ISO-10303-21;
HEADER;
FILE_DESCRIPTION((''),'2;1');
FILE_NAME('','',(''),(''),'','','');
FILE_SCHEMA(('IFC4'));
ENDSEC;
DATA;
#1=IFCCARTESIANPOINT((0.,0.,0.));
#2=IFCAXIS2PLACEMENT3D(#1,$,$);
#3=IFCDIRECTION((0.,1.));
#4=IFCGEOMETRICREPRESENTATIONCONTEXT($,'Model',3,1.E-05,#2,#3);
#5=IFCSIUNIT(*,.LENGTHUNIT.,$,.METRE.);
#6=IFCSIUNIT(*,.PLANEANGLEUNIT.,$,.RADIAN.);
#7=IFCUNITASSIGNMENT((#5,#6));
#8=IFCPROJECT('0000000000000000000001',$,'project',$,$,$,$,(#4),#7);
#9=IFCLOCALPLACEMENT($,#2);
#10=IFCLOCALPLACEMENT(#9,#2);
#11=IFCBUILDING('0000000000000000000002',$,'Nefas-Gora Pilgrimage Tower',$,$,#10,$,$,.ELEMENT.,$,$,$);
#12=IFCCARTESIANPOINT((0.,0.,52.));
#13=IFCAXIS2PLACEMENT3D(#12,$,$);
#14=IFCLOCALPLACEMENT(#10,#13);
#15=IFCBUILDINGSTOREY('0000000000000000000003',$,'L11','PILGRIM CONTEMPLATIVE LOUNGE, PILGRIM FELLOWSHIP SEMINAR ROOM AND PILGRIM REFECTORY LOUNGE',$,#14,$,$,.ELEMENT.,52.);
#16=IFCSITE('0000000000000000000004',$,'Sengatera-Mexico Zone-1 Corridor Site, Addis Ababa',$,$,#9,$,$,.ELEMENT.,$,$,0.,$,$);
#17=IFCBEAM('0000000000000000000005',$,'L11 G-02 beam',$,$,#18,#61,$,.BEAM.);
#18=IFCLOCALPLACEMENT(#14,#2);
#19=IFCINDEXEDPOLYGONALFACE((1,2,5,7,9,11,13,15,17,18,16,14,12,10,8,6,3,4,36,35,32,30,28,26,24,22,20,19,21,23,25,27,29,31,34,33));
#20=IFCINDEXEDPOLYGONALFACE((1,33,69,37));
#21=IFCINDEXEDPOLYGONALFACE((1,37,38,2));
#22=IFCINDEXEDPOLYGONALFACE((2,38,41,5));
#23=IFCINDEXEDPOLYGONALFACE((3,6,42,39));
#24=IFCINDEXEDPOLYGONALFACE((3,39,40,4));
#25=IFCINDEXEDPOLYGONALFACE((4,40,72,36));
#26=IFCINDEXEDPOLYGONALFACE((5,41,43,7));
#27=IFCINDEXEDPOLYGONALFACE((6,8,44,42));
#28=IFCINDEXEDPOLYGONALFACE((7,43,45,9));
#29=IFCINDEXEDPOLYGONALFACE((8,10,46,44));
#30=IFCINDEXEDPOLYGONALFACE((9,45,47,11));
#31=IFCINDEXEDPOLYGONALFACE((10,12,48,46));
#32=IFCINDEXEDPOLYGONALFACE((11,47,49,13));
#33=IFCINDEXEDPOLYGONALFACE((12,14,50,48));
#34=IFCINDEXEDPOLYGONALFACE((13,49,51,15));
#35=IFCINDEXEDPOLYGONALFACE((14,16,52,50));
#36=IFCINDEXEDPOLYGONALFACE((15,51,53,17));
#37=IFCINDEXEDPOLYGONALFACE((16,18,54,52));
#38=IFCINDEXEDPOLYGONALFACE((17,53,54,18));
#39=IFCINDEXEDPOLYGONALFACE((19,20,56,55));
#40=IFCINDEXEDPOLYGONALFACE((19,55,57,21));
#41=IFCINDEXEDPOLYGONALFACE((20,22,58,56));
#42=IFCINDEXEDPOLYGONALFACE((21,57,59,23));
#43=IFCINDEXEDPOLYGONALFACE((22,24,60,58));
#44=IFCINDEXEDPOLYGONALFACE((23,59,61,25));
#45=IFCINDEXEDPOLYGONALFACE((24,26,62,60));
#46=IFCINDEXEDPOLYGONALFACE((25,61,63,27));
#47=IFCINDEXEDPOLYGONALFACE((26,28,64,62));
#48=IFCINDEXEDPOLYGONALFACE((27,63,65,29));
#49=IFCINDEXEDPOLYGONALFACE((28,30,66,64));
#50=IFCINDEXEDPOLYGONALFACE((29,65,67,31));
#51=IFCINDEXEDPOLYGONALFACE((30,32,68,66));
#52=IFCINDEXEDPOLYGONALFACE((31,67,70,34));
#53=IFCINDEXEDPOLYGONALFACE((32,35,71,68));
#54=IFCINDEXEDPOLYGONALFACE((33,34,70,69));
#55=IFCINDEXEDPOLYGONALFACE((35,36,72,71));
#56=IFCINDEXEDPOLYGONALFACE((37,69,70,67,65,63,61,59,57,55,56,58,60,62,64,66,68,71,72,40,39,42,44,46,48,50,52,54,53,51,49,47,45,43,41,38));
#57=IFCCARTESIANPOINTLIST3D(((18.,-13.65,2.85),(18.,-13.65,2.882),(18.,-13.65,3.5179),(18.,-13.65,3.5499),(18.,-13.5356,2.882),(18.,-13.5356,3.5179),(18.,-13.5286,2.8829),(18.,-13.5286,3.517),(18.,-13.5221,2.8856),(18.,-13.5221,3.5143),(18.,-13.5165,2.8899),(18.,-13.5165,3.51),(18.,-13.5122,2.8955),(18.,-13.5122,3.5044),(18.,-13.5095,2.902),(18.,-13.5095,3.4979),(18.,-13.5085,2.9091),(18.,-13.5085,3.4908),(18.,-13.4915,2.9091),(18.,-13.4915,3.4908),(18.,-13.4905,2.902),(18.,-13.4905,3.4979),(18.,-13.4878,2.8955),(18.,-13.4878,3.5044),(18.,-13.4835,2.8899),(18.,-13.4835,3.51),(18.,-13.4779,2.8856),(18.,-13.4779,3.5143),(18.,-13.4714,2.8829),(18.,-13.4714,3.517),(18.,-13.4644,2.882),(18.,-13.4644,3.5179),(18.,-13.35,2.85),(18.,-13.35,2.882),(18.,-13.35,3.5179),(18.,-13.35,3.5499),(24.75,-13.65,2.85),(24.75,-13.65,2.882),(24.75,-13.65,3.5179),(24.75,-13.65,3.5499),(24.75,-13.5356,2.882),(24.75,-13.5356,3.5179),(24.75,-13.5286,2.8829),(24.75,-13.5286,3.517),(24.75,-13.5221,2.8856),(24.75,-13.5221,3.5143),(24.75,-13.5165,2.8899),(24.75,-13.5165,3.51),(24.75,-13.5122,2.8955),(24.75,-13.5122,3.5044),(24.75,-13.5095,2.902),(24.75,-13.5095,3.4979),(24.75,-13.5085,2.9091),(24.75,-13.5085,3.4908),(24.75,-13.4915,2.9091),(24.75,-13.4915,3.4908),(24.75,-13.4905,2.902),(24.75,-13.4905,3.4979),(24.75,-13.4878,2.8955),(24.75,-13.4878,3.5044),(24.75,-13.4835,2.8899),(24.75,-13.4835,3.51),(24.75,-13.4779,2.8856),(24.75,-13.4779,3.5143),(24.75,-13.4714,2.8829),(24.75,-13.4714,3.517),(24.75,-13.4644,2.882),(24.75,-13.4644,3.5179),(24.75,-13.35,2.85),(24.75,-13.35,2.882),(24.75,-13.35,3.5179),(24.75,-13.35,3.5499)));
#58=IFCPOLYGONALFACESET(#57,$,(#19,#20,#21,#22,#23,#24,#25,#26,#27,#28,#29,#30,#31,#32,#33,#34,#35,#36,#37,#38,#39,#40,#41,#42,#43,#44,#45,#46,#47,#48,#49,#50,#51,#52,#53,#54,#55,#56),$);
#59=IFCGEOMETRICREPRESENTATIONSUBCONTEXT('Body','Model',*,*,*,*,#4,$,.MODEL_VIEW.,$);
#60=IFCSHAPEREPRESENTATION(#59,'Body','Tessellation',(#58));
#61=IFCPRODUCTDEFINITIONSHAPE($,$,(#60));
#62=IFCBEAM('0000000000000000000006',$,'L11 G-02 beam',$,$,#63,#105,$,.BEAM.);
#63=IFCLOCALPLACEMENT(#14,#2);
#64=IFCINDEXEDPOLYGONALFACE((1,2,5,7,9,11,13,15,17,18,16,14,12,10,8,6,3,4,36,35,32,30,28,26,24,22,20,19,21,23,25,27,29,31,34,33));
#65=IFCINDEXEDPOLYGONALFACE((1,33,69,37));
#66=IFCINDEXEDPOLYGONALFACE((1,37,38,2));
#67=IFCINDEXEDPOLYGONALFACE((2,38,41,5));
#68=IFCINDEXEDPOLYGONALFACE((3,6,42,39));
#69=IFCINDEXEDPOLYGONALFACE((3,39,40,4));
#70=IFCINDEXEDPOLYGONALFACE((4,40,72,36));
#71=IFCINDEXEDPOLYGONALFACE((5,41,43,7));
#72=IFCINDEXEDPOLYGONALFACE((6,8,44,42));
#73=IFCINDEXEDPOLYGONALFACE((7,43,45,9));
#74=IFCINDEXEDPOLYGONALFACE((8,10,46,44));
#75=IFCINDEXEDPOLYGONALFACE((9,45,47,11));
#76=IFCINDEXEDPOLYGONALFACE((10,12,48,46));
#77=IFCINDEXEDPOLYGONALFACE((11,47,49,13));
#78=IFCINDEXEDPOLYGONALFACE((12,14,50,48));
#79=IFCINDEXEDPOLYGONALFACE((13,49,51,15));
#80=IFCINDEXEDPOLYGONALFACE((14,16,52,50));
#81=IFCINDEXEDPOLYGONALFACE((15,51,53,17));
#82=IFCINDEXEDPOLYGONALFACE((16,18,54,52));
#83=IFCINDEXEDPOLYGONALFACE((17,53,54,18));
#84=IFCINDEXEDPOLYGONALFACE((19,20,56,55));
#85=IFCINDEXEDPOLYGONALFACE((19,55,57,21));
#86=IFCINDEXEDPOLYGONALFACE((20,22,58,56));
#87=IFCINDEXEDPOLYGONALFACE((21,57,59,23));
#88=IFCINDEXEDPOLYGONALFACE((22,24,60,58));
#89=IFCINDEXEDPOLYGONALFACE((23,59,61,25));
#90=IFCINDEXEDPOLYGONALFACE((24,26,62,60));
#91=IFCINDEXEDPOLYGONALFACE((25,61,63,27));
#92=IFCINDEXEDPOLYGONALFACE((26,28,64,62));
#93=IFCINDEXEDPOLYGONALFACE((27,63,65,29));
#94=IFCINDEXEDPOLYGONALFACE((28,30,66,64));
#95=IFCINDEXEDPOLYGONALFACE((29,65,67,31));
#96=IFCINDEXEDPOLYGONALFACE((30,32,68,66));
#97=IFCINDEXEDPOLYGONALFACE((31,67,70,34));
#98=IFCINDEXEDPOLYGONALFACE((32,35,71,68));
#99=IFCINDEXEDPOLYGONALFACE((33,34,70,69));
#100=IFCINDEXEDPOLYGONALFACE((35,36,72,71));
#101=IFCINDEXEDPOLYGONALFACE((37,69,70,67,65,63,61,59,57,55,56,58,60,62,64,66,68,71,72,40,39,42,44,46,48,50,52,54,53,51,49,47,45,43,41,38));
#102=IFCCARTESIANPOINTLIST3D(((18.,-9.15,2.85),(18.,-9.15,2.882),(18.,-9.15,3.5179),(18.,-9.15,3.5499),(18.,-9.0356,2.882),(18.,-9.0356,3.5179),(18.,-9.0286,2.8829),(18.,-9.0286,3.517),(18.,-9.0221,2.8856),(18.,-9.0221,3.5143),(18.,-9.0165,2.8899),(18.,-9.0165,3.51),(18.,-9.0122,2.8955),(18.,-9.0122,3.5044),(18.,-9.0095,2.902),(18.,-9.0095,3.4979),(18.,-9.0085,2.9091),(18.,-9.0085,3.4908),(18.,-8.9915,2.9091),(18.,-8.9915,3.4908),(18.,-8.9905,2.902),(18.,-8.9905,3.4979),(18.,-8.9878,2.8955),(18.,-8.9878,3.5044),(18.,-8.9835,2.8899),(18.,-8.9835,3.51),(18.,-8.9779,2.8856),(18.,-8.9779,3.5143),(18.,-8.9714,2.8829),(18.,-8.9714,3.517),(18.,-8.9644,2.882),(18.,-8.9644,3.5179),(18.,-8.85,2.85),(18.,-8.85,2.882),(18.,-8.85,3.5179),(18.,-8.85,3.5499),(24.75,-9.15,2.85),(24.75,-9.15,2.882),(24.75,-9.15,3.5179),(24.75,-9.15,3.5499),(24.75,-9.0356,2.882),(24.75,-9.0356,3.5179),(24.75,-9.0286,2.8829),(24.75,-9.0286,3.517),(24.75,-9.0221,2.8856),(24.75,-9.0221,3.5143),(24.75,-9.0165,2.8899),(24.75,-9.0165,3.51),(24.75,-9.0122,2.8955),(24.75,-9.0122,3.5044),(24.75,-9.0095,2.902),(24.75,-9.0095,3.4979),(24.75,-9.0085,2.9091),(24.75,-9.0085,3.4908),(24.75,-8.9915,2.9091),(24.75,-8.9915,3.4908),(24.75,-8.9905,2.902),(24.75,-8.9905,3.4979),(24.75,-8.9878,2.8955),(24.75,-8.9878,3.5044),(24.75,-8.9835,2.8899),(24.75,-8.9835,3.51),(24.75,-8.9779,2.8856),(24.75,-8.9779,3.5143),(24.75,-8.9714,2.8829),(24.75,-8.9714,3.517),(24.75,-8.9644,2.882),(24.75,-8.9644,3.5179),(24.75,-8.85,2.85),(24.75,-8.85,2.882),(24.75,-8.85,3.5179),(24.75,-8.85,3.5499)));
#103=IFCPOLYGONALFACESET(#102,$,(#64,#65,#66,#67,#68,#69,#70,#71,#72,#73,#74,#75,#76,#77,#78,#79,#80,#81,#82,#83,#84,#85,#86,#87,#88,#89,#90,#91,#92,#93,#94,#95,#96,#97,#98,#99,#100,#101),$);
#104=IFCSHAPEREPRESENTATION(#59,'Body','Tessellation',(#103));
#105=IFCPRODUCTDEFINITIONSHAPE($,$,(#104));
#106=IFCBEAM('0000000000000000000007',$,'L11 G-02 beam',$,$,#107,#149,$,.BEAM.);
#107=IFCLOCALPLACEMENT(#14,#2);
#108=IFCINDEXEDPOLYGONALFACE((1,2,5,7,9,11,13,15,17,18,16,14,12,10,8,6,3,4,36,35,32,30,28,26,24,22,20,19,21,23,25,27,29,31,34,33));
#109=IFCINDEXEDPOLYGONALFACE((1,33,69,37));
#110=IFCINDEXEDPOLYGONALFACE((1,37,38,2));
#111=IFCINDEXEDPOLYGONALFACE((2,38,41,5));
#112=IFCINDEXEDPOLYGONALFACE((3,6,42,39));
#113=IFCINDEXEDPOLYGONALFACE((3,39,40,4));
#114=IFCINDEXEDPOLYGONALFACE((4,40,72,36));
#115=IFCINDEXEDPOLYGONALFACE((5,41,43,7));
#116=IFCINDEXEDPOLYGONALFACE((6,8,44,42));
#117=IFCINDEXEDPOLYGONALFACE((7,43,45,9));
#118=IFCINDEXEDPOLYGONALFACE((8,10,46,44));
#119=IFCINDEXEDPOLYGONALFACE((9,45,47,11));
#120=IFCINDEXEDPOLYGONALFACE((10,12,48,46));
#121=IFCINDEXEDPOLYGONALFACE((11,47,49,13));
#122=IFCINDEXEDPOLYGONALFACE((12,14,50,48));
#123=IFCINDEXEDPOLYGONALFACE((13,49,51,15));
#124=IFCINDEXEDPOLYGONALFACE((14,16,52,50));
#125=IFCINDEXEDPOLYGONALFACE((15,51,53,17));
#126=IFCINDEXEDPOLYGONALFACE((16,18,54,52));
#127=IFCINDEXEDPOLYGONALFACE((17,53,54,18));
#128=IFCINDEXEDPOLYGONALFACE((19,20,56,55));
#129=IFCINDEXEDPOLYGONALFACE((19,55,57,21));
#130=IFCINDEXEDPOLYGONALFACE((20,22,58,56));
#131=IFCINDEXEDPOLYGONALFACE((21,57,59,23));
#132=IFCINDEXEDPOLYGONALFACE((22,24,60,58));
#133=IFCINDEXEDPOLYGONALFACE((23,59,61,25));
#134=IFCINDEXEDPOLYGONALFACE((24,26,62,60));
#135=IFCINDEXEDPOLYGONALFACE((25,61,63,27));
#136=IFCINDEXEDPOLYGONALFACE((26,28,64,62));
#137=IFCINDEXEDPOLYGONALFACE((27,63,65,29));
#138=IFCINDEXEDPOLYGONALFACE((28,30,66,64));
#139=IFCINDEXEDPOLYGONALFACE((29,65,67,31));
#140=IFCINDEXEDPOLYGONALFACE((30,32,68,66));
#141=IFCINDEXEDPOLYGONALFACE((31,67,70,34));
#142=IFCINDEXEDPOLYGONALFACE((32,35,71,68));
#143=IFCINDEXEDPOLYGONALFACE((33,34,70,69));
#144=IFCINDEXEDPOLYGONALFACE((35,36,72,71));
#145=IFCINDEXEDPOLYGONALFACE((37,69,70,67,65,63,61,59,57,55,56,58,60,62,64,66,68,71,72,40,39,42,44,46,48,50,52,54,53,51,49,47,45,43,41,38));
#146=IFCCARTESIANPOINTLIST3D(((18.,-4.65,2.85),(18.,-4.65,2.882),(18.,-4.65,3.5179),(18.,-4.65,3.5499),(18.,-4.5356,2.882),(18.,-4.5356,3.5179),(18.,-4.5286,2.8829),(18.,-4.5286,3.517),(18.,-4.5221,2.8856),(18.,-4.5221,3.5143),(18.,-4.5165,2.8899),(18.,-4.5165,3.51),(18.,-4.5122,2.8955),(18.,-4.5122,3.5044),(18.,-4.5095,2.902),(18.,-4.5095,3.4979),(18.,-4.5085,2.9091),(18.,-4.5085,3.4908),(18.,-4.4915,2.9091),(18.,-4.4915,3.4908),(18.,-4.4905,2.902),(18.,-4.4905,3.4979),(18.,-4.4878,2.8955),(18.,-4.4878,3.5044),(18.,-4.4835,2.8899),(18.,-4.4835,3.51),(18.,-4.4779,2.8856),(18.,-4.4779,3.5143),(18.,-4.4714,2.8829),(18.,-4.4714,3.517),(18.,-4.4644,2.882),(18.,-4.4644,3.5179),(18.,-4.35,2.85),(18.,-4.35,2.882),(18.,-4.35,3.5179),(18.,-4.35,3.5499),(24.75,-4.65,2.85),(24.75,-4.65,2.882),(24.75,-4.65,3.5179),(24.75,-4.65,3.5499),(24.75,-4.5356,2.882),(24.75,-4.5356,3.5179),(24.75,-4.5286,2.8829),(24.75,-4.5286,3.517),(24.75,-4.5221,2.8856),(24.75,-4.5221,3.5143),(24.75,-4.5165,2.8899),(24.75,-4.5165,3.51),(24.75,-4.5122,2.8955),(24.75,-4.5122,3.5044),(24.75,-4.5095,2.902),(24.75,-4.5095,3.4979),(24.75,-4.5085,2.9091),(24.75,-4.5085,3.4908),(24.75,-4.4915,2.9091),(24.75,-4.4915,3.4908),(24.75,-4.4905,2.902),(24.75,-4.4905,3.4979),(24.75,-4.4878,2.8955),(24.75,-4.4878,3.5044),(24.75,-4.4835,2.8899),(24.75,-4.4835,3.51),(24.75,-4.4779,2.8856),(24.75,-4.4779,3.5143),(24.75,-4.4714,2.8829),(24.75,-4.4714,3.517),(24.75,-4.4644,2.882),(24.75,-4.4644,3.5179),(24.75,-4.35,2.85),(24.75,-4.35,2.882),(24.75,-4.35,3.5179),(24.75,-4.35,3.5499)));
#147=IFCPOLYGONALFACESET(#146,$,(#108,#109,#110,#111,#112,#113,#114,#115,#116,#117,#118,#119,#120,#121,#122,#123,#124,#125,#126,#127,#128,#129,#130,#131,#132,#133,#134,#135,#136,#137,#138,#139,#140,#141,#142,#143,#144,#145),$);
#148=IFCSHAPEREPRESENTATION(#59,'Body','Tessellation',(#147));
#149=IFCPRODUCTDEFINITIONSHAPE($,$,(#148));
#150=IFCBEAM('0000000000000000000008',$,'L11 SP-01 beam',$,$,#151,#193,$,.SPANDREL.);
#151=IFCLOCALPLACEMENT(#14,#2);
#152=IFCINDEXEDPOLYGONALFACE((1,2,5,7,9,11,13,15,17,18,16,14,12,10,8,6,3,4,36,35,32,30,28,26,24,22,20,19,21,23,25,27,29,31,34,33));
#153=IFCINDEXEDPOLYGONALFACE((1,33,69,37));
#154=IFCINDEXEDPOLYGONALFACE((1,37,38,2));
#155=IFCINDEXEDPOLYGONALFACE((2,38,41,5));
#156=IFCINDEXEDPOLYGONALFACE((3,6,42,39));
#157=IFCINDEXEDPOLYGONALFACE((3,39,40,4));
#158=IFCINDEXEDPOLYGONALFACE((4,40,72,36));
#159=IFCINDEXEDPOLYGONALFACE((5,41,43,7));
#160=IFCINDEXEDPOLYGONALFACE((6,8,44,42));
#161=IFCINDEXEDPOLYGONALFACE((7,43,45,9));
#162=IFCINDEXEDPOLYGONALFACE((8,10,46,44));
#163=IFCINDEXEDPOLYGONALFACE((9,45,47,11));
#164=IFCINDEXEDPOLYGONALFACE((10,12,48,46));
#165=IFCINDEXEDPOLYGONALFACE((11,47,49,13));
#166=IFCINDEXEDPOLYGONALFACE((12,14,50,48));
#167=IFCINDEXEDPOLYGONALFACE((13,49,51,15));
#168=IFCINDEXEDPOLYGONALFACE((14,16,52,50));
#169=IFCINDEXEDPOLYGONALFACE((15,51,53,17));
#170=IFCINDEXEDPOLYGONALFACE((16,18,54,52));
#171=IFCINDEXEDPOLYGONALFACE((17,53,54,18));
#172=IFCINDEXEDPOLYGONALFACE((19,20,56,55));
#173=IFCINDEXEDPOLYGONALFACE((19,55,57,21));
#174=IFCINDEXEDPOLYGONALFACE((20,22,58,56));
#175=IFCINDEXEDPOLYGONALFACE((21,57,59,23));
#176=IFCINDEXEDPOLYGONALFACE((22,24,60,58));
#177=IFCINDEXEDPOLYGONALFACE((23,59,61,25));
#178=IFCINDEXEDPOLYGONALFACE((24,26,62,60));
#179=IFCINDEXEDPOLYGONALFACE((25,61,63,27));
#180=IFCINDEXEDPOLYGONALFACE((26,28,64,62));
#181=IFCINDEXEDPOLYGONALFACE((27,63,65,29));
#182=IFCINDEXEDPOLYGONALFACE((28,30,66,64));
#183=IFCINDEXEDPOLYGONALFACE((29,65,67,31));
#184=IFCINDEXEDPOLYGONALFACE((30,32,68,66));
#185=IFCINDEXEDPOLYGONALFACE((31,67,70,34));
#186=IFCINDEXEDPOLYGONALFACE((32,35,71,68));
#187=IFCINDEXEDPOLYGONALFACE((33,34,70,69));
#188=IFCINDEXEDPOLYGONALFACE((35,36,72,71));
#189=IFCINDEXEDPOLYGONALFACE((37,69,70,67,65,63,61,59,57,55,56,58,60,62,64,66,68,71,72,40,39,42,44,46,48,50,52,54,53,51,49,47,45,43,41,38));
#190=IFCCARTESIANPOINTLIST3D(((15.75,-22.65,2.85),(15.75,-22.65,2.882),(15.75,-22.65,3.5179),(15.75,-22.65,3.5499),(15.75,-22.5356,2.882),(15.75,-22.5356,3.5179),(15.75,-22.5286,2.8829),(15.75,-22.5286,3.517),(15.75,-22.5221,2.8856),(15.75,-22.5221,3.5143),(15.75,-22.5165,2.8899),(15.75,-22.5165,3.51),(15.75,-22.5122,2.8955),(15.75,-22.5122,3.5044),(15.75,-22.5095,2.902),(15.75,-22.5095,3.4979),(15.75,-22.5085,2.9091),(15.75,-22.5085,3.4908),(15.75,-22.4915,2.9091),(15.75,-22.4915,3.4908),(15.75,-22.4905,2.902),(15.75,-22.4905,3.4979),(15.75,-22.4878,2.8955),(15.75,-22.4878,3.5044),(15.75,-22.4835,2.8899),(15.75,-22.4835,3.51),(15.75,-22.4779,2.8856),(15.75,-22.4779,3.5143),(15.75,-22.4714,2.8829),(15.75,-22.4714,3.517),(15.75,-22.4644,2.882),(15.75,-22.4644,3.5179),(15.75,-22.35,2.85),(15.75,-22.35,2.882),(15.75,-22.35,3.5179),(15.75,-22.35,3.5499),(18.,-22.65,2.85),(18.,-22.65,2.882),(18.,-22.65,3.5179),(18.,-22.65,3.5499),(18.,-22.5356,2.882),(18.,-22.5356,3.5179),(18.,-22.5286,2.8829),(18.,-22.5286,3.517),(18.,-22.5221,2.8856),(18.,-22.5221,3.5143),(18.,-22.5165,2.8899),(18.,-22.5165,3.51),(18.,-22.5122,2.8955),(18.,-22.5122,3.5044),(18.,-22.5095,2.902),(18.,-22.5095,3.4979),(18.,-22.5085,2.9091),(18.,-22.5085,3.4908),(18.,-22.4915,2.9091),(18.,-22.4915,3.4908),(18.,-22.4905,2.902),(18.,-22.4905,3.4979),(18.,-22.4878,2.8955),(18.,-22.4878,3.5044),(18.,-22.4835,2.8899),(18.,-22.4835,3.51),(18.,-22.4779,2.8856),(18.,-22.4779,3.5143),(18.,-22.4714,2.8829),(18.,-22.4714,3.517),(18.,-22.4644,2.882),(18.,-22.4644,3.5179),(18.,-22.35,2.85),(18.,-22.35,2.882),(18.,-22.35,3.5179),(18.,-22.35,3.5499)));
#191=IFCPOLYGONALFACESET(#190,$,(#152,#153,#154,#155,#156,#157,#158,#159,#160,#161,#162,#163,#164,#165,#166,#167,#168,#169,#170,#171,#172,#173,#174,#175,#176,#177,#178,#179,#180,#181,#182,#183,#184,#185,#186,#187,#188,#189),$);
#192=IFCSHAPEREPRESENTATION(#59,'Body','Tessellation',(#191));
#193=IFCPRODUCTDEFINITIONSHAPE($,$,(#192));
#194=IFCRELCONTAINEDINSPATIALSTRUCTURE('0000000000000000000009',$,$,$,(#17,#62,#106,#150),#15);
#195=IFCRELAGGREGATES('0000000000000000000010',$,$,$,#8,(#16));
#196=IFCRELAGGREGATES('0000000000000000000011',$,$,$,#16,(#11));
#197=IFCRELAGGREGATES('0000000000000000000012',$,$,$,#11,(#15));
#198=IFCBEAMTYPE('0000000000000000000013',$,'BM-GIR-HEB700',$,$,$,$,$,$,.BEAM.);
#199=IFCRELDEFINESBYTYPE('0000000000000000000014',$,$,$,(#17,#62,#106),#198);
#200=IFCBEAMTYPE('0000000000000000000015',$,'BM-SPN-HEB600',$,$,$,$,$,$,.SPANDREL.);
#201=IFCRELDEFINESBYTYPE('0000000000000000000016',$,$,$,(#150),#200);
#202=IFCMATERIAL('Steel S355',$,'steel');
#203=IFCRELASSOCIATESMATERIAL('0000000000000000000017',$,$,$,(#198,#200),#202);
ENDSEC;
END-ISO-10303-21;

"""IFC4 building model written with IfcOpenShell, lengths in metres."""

from ifc_helpers import new_model, si_unit, direction, frame, origin, origin_2d, place, context, subcontext, project, spatial, i_section, extrude, source, transform, mapped, material, material_profile, profile_set, type_object, element, save


model = new_model("IFC4")

# Units and contexts
model_context = context("Model", 3, precision=1e-05, world=origin(), true_north=direction((0.0, 1.0)))
body_context = subcontext(model_context, "Body", "Model", "MODEL_VIEW")
ifc_project = project(units=[si_unit("LENGTHUNIT", "METRE"), si_unit("PLANEANGLEUNIT", "RADIAN")], contexts=[model_context])

# Site, building, storey
site_placement = place(None, origin())
site = spatial("IfcSite", under=ifc_project, at=site_placement, Name="Sengatera-Mexico Zone-1 Corridor Site, Addis Ababa", CompositionType="ELEMENT", RefElevation=0.0)
building_placement = place(site_placement, origin())
building = spatial("IfcBuilding", under=site, at=building_placement, Name="Nefas-Gora Pilgrimage Tower", CompositionType="ELEMENT")
storey_placement = place(building_placement, frame((0.0, 0.0, 52.0)))
storey = spatial("IfcBuildingStorey", under=building, at=storey_placement, Name="L11", Description="PILGRIM CONTEMPLATIVE LOUNGE, PILGRIM FELLOWSHIP SEMINAR ROOM AND PILGRIM REFECTORY LOUNGE", CompositionType="ELEMENT", Elevation=52.0)

# Beams
ifc_material_1 = material(Name="Steel S355", Category="steel")
ifc_material_profile_1 = material_profile(ifc_material_1, i_section(OverallWidth=0.3, OverallDepth=0.7, WebThickness=0.0171, FlangeThickness=0.032, FilletRadius=0.0271, at=origin_2d()), Name="HEB 700")
ifc_profile_set_1 = profile_set([ifc_material_profile_1], Name="Steel S355")
beam_type_1 = type_object("IfcBeamType", Name="BM-GIR-HEB700", PredefinedType="BEAM", material=ifc_profile_set_1)
shared_shape_1 = source(origin(), body_context, "Body", "SweptSolid", [
    extrude(i_section(OverallWidth=0.3, OverallDepth=0.7, WebThickness=0.0171, FlangeThickness=0.032, FilletRadius=0.0271, at=origin_2d()), origin(), (0.0, 0.0, 1.0), 6.75),
])
for number, where, z_axis, x_axis, name in (
    (1, (18.0, -13.5, 3.2), (1.0, 0.0, 0.0), (0.0, 1.0, 0.0), "L11 G-02 beam"),
    (2, (18.0, -9.0, 3.2), (1.0, 0.0, 0.0), (0.0, 1.0, 0.0), "L11 G-02 beam"),
    (3, (18.0, -4.5, 3.2), (1.0, 0.0, 0.0), (0.0, 1.0, 0.0), "L11 G-02 beam"),
):
    element("IfcBeam", number, at=place(storey_placement, frame(where, z_axis=z_axis, x_axis=x_axis)), inside=storey, type_object=beam_type_1, Name=name, PredefinedType="BEAM", context=body_context, shape_type="MappedRepresentation", body=[
        mapped(shared_shape_1, transform((0.0, 0.0, 0.0), x_axis=(1.0, 0.0, 0.0), y_axis=(0.0, 1.0, 0.0), z_axis=(0.0, 0.0, 1.0), scale=1.0)),
    ])
ifc_material_profile_2 = material_profile(ifc_material_1, i_section(OverallWidth=0.3, OverallDepth=0.7, WebThickness=0.0171, FlangeThickness=0.032, FilletRadius=0.0271, at=origin_2d()), Name="HEB 700")
ifc_profile_set_2 = profile_set([ifc_material_profile_2], Name="Steel S355")
beam_type_2 = type_object("IfcBeamType", Name="BM-SPN-HEB600", PredefinedType="SPANDREL", material=ifc_profile_set_2)
shared_shape_2 = source(origin(), body_context, "Body", "SweptSolid", [
    extrude(i_section(OverallWidth=0.3, OverallDepth=0.7, WebThickness=0.0171, FlangeThickness=0.032, FilletRadius=0.0271, at=origin_2d()), origin(), (0.0, 0.0, 1.0), 2.25),
])
for number, where, z_axis, x_axis, name in (
    (4, (15.75, -22.5, 3.2), (1.0, 0.0, 0.0), (0.0, 1.0, 0.0), "L11 SP-01 beam"),
):
    element("IfcBeam", number, at=place(storey_placement, frame(where, z_axis=z_axis, x_axis=x_axis)), inside=storey, type_object=beam_type_2, Name=name, PredefinedType="SPANDREL", context=body_context, shape_type="MappedRepresentation", body=[
        mapped(shared_shape_2, transform((0.0, 0.0, 0.0), x_axis=(1.0, 0.0, 0.0), y_axis=(0.0, 1.0, 0.0), z_axis=(0.0, 0.0, 1.0), scale=1.0)),
    ])

save(model, "model.ifc")
